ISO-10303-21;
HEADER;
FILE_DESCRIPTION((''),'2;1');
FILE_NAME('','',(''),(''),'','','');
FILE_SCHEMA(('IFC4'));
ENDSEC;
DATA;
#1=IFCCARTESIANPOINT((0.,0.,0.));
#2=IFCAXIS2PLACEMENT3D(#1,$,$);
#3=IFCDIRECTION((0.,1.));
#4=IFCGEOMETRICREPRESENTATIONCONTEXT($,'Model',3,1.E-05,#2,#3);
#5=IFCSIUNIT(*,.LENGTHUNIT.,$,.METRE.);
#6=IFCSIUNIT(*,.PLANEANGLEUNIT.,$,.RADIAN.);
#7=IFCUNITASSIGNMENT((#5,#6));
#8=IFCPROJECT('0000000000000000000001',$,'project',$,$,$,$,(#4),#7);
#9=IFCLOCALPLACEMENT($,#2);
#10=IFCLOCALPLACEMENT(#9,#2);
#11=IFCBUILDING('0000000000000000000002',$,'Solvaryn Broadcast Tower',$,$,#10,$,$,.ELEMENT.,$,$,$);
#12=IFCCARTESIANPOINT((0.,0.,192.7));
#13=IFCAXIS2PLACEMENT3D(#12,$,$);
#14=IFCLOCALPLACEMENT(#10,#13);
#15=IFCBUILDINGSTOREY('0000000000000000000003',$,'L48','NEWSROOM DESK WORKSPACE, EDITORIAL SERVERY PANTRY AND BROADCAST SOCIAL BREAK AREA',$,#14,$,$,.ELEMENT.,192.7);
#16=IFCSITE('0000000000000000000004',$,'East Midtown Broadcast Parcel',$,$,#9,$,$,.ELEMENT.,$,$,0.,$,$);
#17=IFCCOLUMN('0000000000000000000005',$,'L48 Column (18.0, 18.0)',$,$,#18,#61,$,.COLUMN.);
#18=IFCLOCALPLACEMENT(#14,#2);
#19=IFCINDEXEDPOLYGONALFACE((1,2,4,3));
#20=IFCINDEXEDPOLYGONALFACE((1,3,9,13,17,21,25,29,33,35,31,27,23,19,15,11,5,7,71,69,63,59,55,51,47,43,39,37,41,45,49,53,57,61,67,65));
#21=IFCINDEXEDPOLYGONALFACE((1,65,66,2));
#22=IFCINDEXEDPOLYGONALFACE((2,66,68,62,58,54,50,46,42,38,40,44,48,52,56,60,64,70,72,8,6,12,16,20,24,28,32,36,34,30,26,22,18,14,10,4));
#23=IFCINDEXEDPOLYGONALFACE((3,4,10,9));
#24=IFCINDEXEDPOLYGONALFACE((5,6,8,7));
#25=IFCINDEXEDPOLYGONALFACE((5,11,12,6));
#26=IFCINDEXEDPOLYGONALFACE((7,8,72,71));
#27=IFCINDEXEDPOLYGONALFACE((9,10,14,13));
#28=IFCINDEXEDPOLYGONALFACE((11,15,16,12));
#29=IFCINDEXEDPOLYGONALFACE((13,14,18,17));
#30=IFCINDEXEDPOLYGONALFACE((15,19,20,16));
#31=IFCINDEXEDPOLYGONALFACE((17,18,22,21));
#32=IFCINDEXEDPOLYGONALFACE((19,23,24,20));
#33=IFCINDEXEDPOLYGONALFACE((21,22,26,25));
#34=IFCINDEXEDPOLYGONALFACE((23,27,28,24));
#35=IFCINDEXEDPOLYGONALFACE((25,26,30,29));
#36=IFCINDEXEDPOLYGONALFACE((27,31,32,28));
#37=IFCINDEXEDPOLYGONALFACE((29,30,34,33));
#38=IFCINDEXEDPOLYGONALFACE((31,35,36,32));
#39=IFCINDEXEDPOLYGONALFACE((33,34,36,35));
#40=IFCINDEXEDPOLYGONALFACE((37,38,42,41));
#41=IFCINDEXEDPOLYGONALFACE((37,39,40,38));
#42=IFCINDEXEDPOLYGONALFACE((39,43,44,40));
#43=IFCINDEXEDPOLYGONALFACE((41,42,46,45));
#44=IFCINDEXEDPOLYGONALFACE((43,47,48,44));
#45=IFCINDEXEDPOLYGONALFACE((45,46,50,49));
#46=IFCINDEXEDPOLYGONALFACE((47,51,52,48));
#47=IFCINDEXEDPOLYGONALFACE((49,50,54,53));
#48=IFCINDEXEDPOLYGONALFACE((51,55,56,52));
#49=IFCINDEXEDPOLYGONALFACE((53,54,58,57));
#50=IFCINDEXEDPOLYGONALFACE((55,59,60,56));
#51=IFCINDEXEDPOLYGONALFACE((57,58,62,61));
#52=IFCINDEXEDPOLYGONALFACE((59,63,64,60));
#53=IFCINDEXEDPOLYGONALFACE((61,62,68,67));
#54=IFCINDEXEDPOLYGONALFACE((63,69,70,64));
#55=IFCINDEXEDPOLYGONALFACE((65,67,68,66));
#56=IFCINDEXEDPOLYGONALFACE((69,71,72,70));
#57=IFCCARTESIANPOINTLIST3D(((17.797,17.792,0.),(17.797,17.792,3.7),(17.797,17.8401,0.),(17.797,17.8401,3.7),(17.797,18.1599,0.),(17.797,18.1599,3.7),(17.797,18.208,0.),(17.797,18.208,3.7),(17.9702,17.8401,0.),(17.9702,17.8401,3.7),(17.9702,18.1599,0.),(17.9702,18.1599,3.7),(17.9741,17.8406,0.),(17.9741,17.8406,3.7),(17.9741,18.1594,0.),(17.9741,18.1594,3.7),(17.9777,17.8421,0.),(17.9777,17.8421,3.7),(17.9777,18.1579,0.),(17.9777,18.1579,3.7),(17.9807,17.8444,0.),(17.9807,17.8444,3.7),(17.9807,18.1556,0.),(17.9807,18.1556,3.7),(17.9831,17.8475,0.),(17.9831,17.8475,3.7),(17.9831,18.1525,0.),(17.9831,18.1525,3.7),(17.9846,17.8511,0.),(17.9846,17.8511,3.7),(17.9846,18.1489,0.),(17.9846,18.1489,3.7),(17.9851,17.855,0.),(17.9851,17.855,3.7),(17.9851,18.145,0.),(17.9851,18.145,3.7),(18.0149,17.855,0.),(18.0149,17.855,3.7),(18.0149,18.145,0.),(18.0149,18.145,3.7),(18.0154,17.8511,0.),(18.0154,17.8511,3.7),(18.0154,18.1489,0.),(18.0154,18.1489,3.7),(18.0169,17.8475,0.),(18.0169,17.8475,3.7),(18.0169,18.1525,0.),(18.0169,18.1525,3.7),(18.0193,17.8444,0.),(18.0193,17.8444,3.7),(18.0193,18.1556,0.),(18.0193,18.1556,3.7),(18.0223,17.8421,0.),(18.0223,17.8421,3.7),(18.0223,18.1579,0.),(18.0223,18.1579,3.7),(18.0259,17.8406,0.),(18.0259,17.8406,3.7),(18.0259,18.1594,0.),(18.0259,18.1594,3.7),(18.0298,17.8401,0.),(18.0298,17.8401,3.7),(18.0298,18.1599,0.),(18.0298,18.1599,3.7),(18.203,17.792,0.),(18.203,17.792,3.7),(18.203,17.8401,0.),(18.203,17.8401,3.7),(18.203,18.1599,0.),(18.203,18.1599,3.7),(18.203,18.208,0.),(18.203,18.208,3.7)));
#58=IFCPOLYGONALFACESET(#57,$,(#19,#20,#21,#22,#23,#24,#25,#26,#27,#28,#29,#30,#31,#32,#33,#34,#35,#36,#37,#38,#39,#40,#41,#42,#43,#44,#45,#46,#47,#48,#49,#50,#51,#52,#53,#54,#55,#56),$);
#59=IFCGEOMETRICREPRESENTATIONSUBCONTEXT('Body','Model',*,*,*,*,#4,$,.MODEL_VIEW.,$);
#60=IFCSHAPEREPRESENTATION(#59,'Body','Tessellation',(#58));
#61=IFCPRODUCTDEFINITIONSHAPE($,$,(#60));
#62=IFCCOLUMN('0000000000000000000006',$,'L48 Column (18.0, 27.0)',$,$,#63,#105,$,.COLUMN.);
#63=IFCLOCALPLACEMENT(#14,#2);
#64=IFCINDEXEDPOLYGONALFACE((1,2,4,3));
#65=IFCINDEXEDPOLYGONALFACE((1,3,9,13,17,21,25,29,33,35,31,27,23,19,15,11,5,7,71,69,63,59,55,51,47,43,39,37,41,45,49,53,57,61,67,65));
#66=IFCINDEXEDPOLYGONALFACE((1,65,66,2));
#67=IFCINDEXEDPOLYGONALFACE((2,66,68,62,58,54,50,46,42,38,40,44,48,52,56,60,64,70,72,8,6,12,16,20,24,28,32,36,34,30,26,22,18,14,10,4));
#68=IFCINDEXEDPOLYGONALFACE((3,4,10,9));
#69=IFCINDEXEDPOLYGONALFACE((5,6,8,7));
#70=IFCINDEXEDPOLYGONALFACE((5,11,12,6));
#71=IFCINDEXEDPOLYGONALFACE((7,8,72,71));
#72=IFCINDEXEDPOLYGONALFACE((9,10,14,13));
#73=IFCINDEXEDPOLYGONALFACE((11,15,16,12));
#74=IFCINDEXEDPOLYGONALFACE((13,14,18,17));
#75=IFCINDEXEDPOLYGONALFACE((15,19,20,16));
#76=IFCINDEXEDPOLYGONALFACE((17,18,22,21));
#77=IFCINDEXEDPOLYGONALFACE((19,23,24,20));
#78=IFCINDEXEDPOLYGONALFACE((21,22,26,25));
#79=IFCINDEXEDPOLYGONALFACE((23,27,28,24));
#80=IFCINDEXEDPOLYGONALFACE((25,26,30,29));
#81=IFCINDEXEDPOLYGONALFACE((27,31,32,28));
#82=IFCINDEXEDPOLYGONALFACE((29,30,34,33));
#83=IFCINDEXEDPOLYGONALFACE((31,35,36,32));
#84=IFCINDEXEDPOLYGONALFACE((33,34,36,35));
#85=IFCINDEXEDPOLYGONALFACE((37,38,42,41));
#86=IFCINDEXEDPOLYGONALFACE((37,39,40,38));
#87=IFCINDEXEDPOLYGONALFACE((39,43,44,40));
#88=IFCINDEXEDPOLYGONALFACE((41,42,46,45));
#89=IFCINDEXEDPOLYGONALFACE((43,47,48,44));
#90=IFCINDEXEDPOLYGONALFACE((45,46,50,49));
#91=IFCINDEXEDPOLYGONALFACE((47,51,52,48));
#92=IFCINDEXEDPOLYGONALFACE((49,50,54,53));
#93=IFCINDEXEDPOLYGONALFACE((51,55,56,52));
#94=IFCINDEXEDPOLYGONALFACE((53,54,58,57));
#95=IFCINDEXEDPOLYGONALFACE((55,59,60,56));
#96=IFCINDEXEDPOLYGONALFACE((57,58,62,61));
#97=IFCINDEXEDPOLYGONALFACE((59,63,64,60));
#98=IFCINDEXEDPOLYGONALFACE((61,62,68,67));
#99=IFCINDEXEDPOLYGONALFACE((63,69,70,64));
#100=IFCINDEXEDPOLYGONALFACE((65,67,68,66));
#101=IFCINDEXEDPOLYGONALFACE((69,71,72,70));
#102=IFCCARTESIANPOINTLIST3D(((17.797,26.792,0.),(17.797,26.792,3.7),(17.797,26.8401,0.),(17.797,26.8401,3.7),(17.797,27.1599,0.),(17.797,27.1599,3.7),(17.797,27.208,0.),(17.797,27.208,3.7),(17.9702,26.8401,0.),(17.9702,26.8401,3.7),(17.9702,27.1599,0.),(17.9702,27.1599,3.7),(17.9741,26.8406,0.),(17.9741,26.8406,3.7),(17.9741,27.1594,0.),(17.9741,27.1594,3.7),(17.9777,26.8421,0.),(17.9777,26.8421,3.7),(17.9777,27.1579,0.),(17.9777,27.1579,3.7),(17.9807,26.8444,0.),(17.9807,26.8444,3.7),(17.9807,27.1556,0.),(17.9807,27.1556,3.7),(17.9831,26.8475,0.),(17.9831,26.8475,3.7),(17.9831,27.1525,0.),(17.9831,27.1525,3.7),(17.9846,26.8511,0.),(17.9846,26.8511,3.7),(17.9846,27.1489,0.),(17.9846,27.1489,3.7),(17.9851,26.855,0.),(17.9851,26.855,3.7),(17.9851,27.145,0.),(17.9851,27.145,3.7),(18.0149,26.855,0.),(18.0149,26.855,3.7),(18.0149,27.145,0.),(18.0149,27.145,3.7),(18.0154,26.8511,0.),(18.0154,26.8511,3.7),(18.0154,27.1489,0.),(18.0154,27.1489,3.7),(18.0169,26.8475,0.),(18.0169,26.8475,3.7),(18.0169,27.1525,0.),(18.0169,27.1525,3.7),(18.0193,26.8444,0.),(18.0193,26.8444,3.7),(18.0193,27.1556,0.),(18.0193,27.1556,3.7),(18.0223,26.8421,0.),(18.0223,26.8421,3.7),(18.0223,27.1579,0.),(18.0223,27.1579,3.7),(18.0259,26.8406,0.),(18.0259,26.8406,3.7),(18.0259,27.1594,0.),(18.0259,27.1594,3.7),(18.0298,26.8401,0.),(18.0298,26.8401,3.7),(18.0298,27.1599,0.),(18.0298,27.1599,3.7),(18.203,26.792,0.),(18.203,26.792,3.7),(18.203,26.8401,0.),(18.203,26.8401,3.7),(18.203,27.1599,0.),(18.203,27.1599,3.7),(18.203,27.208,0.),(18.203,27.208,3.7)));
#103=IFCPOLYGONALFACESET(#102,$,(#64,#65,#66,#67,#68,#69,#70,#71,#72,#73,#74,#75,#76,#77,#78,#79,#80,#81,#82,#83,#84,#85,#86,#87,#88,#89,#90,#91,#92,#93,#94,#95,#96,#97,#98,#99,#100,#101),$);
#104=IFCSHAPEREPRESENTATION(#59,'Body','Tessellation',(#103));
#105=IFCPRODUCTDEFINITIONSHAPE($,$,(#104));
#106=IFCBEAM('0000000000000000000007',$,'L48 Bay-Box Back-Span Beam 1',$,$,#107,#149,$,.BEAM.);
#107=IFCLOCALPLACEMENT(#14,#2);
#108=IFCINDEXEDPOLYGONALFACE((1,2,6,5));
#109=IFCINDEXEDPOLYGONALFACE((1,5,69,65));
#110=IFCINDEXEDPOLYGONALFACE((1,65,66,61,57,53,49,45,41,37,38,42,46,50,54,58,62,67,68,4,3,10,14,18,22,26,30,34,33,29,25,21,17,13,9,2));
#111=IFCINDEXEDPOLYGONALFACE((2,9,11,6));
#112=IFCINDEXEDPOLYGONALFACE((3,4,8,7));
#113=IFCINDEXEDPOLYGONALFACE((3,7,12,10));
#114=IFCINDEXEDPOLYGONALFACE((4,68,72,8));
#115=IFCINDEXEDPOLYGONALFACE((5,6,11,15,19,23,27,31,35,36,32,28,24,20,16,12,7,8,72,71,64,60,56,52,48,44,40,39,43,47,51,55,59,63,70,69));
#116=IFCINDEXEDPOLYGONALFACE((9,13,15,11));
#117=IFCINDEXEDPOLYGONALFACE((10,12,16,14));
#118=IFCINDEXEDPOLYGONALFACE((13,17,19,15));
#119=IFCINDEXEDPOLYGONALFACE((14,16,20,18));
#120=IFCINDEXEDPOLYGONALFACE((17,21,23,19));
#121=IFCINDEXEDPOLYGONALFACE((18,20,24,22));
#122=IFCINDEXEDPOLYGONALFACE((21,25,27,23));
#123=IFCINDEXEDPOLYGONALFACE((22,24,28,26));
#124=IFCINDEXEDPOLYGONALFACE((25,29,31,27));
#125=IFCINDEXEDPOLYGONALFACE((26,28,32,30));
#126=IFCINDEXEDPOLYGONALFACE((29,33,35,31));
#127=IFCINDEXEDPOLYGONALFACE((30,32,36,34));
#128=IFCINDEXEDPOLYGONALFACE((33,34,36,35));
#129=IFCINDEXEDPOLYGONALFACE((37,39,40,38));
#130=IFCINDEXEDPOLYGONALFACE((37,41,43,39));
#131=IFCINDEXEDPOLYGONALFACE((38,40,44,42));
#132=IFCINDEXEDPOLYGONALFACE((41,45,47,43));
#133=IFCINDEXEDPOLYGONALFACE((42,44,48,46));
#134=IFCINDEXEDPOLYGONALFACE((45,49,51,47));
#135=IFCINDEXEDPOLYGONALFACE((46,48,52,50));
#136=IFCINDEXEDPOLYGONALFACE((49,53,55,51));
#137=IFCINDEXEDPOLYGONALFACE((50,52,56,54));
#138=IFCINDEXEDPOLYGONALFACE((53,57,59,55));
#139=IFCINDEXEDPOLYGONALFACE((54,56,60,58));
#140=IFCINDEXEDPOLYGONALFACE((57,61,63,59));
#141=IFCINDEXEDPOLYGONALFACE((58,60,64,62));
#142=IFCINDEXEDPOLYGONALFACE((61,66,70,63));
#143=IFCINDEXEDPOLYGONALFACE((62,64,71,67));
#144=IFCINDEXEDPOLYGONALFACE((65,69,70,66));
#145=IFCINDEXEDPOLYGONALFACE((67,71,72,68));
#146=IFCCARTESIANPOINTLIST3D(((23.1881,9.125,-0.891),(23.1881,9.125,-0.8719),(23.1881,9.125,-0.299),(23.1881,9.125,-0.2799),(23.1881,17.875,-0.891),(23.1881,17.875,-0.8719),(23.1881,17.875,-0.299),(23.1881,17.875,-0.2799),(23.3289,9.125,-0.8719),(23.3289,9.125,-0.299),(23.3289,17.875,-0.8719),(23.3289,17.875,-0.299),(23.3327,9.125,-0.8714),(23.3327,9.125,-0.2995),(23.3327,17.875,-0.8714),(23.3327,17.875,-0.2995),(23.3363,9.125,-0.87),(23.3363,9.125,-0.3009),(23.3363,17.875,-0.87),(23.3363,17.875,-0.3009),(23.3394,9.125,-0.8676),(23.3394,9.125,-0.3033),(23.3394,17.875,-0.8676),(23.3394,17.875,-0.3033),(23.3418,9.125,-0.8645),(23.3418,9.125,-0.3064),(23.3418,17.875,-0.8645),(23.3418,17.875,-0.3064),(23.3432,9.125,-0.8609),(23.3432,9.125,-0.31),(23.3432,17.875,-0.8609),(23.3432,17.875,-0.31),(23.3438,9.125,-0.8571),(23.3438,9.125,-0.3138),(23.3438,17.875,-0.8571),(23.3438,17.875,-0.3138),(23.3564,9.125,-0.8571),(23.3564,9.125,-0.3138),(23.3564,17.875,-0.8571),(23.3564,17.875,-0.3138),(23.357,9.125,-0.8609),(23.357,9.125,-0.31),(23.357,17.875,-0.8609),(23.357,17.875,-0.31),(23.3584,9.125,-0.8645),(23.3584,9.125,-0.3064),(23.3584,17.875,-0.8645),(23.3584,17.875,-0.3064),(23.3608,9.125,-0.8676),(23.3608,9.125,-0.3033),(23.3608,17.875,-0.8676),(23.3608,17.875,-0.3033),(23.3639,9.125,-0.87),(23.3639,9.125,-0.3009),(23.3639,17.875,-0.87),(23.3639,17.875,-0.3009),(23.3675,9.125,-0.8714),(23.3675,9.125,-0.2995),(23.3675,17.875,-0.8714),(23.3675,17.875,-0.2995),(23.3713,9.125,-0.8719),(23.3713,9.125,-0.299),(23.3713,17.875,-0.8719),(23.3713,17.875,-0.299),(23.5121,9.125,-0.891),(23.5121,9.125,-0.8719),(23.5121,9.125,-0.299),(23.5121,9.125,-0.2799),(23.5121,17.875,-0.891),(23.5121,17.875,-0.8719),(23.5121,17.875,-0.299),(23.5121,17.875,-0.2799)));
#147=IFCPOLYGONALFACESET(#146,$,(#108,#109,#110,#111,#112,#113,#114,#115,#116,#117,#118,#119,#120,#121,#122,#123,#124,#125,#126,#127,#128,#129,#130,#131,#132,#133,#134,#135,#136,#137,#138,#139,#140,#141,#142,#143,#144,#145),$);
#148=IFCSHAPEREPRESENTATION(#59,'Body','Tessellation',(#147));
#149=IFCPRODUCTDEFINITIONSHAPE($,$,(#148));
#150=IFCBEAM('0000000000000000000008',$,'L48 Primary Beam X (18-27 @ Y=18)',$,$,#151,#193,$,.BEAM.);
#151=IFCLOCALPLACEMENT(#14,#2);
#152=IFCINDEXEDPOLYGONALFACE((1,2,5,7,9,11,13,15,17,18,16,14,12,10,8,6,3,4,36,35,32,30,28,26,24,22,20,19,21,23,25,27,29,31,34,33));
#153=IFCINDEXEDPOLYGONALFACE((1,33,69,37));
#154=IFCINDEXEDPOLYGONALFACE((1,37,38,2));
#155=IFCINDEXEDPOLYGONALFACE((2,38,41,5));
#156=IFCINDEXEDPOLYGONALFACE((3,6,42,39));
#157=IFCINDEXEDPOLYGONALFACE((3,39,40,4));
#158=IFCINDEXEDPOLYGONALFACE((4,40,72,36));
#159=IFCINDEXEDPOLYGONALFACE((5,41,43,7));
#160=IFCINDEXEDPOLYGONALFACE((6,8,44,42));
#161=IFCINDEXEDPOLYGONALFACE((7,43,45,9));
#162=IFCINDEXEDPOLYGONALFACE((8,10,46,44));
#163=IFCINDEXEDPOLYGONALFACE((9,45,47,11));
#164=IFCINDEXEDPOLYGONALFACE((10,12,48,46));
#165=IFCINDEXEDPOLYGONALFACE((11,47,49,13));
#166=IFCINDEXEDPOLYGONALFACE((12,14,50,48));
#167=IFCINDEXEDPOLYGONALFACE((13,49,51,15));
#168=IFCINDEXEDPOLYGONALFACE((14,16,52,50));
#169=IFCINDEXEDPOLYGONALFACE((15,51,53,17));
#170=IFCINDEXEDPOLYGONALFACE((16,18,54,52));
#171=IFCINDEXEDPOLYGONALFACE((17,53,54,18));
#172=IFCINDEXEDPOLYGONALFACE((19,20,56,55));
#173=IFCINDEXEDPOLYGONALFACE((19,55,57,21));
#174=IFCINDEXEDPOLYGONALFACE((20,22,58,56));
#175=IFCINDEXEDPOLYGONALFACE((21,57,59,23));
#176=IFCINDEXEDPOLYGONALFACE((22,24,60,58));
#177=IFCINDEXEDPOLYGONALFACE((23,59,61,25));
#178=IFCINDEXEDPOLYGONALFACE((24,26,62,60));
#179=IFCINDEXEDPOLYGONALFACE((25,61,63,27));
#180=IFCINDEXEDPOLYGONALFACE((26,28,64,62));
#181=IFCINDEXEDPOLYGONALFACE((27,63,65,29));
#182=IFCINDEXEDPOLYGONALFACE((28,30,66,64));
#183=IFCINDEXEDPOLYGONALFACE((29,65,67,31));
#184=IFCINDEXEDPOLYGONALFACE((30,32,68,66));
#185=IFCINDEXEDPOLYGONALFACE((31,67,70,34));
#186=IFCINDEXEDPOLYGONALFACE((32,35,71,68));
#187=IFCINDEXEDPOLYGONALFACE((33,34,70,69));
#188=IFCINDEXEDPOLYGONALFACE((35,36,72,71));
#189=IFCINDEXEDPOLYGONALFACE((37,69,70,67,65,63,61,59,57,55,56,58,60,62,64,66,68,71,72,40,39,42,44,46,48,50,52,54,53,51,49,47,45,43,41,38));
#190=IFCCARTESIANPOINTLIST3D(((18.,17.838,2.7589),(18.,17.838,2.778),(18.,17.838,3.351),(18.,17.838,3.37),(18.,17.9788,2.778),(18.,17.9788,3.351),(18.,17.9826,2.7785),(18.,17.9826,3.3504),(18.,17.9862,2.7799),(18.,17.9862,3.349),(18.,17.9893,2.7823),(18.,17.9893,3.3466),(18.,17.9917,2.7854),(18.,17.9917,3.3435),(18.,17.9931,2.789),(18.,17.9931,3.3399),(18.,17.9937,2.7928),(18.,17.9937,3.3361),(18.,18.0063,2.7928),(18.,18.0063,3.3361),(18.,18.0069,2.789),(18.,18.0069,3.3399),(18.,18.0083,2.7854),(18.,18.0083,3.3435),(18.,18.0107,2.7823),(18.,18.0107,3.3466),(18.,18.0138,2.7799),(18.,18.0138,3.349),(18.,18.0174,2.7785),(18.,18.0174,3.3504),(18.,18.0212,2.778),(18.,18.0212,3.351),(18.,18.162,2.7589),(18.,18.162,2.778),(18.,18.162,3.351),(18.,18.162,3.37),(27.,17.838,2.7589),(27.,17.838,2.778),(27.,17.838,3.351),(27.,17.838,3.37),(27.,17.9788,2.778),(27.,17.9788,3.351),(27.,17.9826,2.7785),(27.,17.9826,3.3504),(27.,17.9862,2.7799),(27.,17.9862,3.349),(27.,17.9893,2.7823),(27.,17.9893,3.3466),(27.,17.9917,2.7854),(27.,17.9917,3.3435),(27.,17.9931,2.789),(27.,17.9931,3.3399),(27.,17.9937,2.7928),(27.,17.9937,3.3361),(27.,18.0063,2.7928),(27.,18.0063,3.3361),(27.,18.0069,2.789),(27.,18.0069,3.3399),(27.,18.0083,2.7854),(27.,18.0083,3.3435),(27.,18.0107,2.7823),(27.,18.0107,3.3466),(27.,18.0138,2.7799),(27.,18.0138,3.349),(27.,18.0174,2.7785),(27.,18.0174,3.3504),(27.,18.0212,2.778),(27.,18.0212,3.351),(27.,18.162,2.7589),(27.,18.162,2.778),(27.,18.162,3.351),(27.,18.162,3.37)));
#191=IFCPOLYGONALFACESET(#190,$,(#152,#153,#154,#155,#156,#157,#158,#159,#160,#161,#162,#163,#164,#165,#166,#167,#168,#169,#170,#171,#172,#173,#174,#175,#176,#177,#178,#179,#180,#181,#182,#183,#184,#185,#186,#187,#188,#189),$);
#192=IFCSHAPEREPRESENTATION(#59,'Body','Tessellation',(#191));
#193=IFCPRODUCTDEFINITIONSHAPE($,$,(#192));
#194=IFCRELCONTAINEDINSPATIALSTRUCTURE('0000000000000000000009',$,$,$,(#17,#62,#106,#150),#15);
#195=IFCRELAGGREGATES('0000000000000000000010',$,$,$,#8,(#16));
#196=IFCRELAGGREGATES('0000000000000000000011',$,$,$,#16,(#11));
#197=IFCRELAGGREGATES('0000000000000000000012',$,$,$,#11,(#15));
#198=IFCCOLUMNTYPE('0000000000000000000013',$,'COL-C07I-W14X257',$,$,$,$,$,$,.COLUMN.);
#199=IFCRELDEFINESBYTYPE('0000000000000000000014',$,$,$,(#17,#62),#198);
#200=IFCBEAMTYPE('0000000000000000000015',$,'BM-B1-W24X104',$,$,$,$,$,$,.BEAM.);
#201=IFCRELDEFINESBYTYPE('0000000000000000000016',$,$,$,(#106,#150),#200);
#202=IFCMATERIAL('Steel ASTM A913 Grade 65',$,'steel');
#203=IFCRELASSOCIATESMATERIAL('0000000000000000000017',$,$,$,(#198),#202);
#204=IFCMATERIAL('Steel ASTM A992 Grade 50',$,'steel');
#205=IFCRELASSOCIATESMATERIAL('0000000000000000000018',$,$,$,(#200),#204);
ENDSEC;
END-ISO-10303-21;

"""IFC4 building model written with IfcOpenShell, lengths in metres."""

from ifc_helpers import new_model, si_unit, direction, frame, origin, origin_2d, place, context, subcontext, project, spatial, i_section, extrude, material, material_profile, profile_set, type_object, element, save


model = new_model("IFC4")

# Units and contexts
model_context = context("Model", 3, precision=1e-05, world=origin(), true_north=direction((0.0, 1.0)))
body_context = subcontext(model_context, "Body", "Model", "MODEL_VIEW")
ifc_project = project(units=[si_unit("LENGTHUNIT", "METRE"), si_unit("PLANEANGLEUNIT", "RADIAN")], contexts=[model_context])

# Site, building, storey
site_placement = place(None, origin())
site = spatial("IfcSite", under=ifc_project, at=site_placement, Name="East Midtown Broadcast Parcel", CompositionType="ELEMENT", RefElevation=0.0)
building_placement = place(site_placement, origin())
building = spatial("IfcBuilding", under=site, at=building_placement, Name="Solvaryn Broadcast Tower", CompositionType="ELEMENT")
storey_placement = place(building_placement, frame((0.0, 0.0, 192.7)))
storey = spatial("IfcBuildingStorey", under=building, at=storey_placement, Name="L48", Description="NEWSROOM DESK WORKSPACE, EDITORIAL SERVERY PANTRY AND BROADCAST SOCIAL BREAK AREA", CompositionType="ELEMENT", Elevation=192.7)

# Columns
ifc_material_1 = material(Name="Steel ASTM A913 Grade 65", Category="steel")
ifc_material_profile_1 = material_profile(ifc_material_1, i_section(OverallWidth=0.406, OverallDepth=0.416, WebThickness=0.0298, FlangeThickness=0.0481, FilletRadius=0.0149, at=origin_2d()))
ifc_profile_set_1 = profile_set([ifc_material_profile_1], Name="Steel ASTM A913 Grade 65")
column_type = type_object("IfcColumnType", Name="COL-C07I-W14X257", PredefinedType="COLUMN", material=ifc_profile_set_1)
for number, where, z_axis, x_axis, name in (
    (1, (18.0, 18.0, 0.0), (0.0, 0.0, 1.0), (1.0, 0.0, 0.0), "L48 Column (18.0, 18.0)"),
    (2, (18.0, 27.0, 0.0), (0.0, 0.0, 1.0), (1.0, 0.0, 0.0), "L48 Column (18.0, 27.0)"),
):
    element("IfcColumn", number, at=place(storey_placement, frame(where, z_axis=z_axis, x_axis=x_axis)), inside=storey, type_object=column_type, Name=name, PredefinedType="COLUMN", context=body_context, shape_type="SweptSolid", body=[
        extrude(i_section(OverallWidth=0.406, OverallDepth=0.416, WebThickness=0.0298, FlangeThickness=0.0481, FilletRadius=0.0149, at=origin_2d()), origin(), (0.0, 0.0, 1.0), 3.7),
    ])

# Beams
ifc_material_2 = material(Name="Steel ASTM A992 Grade 50", Category="steel")
ifc_material_profile_2 = material_profile(ifc_material_2, i_section(OverallWidth=0.324, OverallDepth=0.6111, WebThickness=0.0127, FlangeThickness=0.019, FilletRadius=0.0149, at=origin_2d()))
ifc_profile_set_2 = profile_set([ifc_material_profile_2], Name="Steel ASTM A992 Grade 50")
beam_type_1 = type_object("IfcBeamType", Name="BM-B1-W24X104", PredefinedType="BEAM", material=ifc_profile_set_2)
beam_1_placement = place(storey_placement, frame((23.3501, 17.875, -0.5854), z_axis=(0.0, -1.0, 0.0), x_axis=(1.0, 0.0, 0.0)))
element("IfcBeam", 3, at=beam_1_placement, inside=storey, type_object=beam_type_1, Name="L48 Bay-Box Back-Span Beam 1", PredefinedType="BEAM", context=body_context, shape_type="SweptSolid", body=[
    extrude(i_section(OverallWidth=0.324, OverallDepth=0.6111, WebThickness=0.0127, FlangeThickness=0.019, FilletRadius=0.0149, at=origin_2d()), origin(), (0.0, 0.0, 1.0), 8.75),
])
for number, where, z_axis, x_axis, name in (
    (4, (18.0, 18.0, 3.0645), (1.0, 0.0, 0.0), (0.0, 1.0, 0.0), "L48 Primary Beam X (18-27 @ Y=18)"),
):
    element("IfcBeam", number, at=place(storey_placement, frame(where, z_axis=z_axis, x_axis=x_axis)), inside=storey, type_object=beam_type_1, Name=name, PredefinedType="BEAM", context=body_context, shape_type="SweptSolid", body=[
        extrude(i_section(OverallWidth=0.324, OverallDepth=0.6111, WebThickness=0.0127, FlangeThickness=0.019, FilletRadius=0.0149, at=origin_2d()), origin(), (0.0, 0.0, 1.0), 9.0),
    ])

save(model, "model.ifc")
